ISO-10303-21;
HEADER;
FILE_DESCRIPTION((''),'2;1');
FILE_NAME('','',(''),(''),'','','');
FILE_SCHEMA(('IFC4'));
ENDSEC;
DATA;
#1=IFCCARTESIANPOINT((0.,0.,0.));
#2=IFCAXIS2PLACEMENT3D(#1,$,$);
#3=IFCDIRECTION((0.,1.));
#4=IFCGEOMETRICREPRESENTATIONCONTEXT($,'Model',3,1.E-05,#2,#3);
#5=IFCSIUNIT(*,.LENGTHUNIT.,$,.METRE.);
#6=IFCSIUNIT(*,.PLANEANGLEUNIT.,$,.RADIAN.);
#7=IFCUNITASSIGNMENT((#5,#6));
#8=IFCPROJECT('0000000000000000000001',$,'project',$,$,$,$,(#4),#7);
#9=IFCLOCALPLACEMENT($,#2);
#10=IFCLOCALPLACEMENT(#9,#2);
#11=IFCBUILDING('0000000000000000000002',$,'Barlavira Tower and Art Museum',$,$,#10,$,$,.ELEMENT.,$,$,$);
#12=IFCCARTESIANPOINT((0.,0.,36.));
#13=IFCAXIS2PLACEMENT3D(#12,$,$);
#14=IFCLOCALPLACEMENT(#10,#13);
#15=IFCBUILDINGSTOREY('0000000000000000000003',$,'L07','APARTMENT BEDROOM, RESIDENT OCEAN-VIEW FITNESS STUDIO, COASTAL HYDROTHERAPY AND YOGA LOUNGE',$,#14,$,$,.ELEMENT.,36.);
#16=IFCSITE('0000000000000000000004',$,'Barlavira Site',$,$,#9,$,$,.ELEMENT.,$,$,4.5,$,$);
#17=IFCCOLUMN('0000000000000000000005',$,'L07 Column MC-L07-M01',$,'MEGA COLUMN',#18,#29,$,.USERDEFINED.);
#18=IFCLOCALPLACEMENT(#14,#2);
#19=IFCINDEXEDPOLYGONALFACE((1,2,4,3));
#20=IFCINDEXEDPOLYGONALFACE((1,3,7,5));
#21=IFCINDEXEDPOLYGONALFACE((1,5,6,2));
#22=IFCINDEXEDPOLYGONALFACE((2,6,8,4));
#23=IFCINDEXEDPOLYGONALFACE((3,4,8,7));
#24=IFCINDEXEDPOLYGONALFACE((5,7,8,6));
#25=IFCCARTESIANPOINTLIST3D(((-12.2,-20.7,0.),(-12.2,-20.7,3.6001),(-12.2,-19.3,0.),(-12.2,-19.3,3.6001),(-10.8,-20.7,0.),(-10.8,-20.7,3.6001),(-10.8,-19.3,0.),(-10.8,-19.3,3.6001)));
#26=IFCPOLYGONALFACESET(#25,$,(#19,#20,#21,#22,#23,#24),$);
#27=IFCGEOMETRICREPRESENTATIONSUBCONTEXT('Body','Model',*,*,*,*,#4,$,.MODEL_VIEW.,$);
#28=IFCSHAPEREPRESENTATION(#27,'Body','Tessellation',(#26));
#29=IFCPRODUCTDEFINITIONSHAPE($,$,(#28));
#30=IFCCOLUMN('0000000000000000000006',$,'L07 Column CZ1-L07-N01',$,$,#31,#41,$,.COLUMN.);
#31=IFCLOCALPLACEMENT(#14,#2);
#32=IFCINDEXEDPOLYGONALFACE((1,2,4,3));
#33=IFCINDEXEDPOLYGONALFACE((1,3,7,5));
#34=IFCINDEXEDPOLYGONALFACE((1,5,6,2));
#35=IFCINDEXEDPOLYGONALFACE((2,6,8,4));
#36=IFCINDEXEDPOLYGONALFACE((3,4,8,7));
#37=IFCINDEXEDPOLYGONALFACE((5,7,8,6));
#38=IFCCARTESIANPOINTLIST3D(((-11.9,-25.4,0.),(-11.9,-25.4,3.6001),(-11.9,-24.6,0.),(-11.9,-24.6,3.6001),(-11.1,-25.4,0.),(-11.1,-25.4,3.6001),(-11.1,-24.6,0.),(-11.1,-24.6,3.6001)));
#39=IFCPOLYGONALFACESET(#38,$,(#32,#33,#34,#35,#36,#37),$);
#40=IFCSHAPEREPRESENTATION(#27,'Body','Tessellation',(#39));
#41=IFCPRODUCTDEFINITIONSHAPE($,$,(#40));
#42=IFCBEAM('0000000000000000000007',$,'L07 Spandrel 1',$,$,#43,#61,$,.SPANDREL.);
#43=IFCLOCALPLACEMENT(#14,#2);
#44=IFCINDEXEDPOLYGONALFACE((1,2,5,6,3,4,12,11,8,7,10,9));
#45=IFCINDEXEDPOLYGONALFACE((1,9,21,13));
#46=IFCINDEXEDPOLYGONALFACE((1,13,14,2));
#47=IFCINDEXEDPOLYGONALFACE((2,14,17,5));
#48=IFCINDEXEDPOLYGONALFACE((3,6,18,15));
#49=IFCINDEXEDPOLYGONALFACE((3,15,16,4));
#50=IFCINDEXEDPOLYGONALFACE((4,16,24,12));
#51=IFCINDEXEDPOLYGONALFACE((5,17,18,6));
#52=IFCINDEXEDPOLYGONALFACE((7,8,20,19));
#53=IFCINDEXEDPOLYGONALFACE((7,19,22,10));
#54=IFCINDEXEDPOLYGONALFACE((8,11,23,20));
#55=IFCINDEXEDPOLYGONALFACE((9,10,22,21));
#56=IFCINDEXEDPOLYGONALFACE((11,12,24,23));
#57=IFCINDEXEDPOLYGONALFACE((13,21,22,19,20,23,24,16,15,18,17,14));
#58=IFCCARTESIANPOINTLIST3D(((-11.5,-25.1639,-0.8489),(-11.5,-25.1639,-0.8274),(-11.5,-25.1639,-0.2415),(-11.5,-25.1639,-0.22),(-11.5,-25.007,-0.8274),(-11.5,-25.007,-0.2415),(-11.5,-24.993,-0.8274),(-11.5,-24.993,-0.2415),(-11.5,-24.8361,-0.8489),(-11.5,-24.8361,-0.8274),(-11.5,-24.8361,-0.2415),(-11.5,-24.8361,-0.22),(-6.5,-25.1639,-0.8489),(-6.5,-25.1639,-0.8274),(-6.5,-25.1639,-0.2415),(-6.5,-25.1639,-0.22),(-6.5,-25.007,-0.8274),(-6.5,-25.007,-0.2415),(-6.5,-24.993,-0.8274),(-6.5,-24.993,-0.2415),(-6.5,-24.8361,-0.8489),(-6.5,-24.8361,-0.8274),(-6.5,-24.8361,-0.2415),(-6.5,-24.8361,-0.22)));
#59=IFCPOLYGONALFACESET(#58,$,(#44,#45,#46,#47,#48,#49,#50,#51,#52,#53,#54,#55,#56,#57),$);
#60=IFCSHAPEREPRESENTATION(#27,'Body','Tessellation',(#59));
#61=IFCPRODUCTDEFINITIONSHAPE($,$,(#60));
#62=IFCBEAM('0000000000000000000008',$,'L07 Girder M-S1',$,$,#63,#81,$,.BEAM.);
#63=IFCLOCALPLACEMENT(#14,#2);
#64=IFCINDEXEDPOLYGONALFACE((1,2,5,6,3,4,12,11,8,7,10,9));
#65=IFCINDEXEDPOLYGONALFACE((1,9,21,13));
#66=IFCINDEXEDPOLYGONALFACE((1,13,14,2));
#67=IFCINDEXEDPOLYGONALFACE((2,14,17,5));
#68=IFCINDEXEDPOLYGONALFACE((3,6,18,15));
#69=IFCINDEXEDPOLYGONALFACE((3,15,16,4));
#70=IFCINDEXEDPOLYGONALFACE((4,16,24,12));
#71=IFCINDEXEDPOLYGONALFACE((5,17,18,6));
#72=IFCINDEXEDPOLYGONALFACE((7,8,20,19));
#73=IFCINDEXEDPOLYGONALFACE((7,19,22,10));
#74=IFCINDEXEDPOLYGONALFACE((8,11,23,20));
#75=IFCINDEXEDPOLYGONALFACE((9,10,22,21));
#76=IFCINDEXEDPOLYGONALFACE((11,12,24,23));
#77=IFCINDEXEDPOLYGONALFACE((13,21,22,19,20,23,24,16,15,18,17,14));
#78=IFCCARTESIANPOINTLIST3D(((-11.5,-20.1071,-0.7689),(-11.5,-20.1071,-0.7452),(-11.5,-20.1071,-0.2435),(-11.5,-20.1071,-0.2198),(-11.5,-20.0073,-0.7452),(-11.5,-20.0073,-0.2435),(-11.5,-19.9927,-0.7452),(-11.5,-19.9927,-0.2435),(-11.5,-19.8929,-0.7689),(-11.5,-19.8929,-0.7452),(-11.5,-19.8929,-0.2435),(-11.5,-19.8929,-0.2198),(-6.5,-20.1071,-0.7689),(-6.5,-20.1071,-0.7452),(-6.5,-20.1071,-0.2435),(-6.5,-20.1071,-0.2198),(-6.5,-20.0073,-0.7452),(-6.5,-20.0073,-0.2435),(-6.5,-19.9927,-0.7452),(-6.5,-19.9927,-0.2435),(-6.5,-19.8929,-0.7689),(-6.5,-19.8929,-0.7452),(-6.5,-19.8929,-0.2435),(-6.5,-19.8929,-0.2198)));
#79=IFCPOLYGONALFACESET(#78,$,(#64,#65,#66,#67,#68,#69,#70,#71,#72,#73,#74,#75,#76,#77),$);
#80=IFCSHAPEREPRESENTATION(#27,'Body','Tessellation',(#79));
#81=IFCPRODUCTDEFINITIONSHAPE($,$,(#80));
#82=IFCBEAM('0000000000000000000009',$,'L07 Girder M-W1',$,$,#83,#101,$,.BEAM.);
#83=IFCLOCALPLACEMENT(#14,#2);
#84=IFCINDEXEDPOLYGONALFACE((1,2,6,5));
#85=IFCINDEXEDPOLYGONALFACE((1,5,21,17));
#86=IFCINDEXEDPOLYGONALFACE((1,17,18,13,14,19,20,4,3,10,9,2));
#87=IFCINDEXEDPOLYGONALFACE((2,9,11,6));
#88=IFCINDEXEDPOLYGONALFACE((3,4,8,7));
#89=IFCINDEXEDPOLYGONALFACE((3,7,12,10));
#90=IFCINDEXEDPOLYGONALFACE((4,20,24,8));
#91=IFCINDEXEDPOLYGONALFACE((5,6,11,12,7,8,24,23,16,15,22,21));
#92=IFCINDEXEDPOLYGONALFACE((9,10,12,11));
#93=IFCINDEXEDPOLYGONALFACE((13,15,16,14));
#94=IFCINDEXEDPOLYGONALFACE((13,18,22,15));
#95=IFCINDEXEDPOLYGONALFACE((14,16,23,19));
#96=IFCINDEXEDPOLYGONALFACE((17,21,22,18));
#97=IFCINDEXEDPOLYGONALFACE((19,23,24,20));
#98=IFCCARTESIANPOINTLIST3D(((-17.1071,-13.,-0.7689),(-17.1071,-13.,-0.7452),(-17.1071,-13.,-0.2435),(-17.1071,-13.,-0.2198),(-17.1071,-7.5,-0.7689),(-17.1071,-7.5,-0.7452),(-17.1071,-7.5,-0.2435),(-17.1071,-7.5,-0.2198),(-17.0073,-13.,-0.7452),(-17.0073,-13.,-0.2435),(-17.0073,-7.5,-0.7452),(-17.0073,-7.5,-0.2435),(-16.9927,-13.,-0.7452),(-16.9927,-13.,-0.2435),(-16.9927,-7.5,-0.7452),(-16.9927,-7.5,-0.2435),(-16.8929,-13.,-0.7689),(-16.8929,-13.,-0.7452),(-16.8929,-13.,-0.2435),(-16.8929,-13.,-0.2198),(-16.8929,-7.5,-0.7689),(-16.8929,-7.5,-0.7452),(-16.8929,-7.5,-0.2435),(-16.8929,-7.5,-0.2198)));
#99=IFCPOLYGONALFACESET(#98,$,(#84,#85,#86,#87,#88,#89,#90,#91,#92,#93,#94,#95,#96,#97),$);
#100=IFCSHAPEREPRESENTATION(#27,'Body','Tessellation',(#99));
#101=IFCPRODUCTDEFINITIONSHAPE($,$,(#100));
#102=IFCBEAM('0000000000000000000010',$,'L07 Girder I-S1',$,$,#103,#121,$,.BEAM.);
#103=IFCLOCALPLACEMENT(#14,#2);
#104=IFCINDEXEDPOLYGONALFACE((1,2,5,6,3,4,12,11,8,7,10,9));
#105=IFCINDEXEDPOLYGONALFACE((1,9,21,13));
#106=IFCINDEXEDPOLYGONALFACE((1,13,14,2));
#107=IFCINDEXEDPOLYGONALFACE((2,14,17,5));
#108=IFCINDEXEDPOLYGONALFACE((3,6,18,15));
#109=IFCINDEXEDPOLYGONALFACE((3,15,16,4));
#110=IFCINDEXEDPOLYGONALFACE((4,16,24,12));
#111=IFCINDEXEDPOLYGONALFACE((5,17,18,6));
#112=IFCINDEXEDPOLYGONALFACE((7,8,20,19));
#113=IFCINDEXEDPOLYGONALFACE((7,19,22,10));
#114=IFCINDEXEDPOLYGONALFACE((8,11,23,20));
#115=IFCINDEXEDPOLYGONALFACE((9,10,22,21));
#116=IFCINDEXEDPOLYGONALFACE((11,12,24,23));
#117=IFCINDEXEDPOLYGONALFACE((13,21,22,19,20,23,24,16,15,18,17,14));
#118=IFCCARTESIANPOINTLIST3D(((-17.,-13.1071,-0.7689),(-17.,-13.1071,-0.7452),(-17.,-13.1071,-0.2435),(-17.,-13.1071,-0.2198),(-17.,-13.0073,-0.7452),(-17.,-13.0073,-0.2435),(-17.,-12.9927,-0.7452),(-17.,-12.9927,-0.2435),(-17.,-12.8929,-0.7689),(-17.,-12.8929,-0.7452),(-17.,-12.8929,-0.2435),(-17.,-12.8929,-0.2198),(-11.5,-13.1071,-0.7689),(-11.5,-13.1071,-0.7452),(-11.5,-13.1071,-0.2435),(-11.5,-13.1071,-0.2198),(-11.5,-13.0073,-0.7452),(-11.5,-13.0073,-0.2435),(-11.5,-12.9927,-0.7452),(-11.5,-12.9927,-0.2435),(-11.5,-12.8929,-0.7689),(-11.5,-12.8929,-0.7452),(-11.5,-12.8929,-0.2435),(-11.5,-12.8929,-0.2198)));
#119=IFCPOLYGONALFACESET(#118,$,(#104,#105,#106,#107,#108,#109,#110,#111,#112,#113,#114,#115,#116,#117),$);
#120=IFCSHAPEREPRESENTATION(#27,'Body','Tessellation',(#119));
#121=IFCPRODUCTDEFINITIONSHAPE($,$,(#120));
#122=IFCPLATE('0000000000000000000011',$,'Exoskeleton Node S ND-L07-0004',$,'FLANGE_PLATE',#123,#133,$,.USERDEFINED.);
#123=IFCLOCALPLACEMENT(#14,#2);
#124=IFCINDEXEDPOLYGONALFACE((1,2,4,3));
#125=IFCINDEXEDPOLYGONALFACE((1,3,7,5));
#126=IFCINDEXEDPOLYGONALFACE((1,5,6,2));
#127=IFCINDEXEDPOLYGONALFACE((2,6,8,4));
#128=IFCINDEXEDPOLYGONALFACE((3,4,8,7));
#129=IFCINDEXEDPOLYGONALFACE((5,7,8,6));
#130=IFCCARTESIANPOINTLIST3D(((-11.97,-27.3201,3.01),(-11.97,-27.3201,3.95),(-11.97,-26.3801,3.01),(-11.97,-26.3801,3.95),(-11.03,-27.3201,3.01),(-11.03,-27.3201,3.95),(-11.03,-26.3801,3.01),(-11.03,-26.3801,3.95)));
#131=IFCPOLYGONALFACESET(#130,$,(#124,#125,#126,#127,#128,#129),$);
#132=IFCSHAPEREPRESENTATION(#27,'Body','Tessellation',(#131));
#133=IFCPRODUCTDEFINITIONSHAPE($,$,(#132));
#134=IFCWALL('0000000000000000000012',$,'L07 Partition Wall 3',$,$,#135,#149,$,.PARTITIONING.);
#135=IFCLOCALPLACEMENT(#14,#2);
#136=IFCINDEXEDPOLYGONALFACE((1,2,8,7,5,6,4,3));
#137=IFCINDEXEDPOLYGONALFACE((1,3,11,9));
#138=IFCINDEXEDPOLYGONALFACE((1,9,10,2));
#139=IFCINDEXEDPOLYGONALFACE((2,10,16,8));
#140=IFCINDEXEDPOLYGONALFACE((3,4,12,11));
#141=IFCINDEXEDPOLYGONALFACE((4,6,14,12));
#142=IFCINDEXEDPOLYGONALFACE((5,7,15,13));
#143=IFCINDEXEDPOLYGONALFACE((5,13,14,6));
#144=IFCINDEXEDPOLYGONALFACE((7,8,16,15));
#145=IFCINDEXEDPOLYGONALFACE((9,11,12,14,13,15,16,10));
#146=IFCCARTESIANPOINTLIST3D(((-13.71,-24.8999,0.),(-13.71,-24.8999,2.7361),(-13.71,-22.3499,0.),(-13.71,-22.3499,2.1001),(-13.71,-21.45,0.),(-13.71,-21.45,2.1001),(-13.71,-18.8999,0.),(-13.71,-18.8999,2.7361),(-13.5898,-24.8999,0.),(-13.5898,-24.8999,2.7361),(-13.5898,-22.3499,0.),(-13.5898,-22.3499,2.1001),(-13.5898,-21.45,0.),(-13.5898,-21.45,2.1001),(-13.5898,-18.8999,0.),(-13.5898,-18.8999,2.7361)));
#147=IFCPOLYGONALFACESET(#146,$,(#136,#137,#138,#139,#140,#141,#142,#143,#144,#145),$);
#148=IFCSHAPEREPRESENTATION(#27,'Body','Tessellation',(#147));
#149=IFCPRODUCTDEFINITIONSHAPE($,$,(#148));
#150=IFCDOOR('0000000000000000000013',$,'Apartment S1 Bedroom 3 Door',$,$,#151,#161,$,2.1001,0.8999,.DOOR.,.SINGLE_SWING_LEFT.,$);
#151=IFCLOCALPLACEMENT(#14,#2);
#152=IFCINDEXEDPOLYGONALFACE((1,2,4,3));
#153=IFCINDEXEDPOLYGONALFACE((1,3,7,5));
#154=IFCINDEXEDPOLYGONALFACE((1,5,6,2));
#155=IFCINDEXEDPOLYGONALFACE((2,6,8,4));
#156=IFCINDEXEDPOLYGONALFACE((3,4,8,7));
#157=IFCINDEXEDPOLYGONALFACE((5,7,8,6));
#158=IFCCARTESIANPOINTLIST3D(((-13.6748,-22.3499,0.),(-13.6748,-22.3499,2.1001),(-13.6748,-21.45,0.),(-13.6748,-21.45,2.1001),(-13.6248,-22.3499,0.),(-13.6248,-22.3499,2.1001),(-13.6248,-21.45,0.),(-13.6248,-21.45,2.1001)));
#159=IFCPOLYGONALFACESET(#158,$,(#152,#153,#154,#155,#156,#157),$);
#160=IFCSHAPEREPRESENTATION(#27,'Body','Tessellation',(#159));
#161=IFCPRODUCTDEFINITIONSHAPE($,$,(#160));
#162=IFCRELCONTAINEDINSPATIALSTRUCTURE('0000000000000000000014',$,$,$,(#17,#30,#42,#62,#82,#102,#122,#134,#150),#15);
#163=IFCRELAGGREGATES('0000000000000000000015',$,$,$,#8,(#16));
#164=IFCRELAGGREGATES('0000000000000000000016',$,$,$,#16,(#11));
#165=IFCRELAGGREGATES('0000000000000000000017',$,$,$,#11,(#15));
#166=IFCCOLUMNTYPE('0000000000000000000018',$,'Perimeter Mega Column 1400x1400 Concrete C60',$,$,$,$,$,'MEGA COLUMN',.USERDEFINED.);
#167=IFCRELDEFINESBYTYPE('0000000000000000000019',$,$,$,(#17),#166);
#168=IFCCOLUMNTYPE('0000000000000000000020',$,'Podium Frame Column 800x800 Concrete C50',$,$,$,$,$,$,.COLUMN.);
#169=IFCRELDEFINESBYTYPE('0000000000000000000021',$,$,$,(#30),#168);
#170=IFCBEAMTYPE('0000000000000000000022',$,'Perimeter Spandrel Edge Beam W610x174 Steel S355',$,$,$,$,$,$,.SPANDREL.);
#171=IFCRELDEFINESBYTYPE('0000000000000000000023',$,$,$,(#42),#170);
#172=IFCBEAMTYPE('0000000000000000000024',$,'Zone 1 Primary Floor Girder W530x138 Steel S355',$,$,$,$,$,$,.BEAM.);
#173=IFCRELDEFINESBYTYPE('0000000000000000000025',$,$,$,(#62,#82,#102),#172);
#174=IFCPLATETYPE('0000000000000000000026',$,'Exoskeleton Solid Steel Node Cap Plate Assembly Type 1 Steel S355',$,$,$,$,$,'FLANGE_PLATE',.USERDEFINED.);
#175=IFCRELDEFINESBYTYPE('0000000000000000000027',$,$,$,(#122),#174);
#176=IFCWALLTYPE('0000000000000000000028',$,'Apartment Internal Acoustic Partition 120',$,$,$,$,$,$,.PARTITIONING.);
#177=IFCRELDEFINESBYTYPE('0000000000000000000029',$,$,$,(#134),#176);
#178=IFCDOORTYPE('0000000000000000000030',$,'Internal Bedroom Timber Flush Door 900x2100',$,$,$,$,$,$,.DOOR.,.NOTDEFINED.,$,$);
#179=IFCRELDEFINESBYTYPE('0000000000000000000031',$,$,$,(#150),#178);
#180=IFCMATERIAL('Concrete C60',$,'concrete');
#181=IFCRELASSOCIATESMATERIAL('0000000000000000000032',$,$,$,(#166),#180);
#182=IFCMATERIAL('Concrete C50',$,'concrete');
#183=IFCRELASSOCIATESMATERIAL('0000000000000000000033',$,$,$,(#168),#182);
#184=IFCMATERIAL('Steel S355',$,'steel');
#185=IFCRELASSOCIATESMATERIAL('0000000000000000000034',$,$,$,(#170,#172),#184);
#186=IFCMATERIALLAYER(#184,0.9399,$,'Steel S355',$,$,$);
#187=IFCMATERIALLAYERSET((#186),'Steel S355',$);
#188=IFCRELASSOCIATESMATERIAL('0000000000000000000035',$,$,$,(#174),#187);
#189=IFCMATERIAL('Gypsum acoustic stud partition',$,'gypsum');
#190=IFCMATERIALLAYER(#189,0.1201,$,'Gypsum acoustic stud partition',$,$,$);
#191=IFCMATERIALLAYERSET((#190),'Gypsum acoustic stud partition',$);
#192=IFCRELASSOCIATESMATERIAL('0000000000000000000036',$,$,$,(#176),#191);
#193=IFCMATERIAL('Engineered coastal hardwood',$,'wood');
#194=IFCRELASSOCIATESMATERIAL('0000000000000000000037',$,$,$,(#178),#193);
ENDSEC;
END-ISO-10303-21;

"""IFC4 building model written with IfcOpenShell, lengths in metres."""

from ifc_helpers import new_model, si_unit, direction, frame, frame_2d, origin, origin_2d, place, context, subcontext, project, spatial, rectangle, i_section, extrude, material, layer, layer_set, material_profile, profile_set, type_object, element, fill, save


model = new_model("IFC4")

# Units and contexts
model_context = context("Model", 3, precision=1e-05, world=origin(), true_north=direction((0.0, 1.0)))
body_context = subcontext(model_context, "Body", "Model", "MODEL_VIEW")
ifc_project = project(units=[si_unit("LENGTHUNIT", "METRE"), si_unit("PLANEANGLEUNIT", "RADIAN")], contexts=[model_context])

# Site, building, storey
site_placement = place(None, origin())
site = spatial("IfcSite", under=ifc_project, at=site_placement, Name="Barlavira Site", CompositionType="ELEMENT", RefElevation=4.5)
building_placement = place(site_placement, origin())
building = spatial("IfcBuilding", under=site, at=building_placement, Name="Barlavira Tower and Art Museum", CompositionType="ELEMENT")
storey_placement = place(building_placement, frame((0.0, 0.0, 36.0)))
storey = spatial("IfcBuildingStorey", under=building, at=storey_placement, Name="L07", Description="APARTMENT BEDROOM, RESIDENT OCEAN-VIEW FITNESS STUDIO, COASTAL HYDROTHERAPY AND YOGA LOUNGE", CompositionType="ELEMENT", Elevation=36.0)

# Columns
ifc_material_1 = material(Name="Concrete C60", Category="concrete")
ifc_material_profile_1 = material_profile(ifc_material_1, rectangle(XDim=1.3999, YDim=1.3999, at=origin_2d()), Name="RC-MCOL 1400x1400")
ifc_profile_set_1 = profile_set([ifc_material_profile_1], Name="Concrete C60")
column_type_1 = type_object("IfcColumnType", Name="Perimeter Mega Column 1400x1400 Concrete C60", ElementType="MEGA COLUMN", PredefinedType="USERDEFINED", material=ifc_profile_set_1)
column_1_placement = place(storey_placement, frame((-11.5, -20.0, 0.0), z_axis=(0.0, 0.0, 1.0), x_axis=(1.0, 0.0, 0.0)))
element("IfcColumn", 1, at=column_1_placement, inside=storey, type_object=column_type_1, Name="L07 Column MC-L07-M01", ObjectType="MEGA COLUMN", PredefinedType="USERDEFINED", context=body_context, shape_type="SweptSolid", body=[
    extrude(rectangle(XDim=1.3999, YDim=1.3999, at=origin_2d()), origin(), (0.0, 0.0, 1.0), 3.6001),
])
ifc_material_2 = material(Name="Concrete C50", Category="concrete")
ifc_material_profile_2 = material_profile(ifc_material_2, rectangle(XDim=0.8, YDim=0.8, at=origin_2d()), Name="RC-COL 800x800")
ifc_profile_set_2 = profile_set([ifc_material_profile_2], Name="Concrete C50")
column_type_2 = type_object("IfcColumnType", Name="Podium Frame Column 800x800 Concrete C50", PredefinedType="COLUMN", material=ifc_profile_set_2)
column_2_placement = place(storey_placement, frame((-11.5, -25.0, 0.0), z_axis=(0.0, 0.0, 1.0), x_axis=(1.0, 0.0, 0.0)))
element("IfcColumn", 2, at=column_2_placement, inside=storey, type_object=column_type_2, Name="L07 Column CZ1-L07-N01", PredefinedType="COLUMN", context=body_context, shape_type="SweptSolid", body=[
    extrude(rectangle(XDim=0.8, YDim=0.8, at=origin_2d()), origin(), (0.0, 0.0, 1.0), 3.6001),
])

# Beams
ifc_material_3 = material(Name="Steel S355", Category="steel")
ifc_material_profile_3 = material_profile(ifc_material_3, i_section(OverallWidth=0.3279, OverallDepth=0.6289, WebThickness=0.0139, FlangeThickness=0.0215, at=origin_2d()), Name="W610x174.0")
ifc_profile_set_3 = profile_set([ifc_material_profile_3], Name="Steel S355")
beam_type_1 = type_object("IfcBeamType", Name="Perimeter Spandrel Edge Beam W610x174 Steel S355", PredefinedType="SPANDREL", material=ifc_profile_set_3)
beam_1_placement = place(storey_placement, frame((-11.5, -25.0, -0.5344), z_axis=(1.0, 0.0, 0.0), x_axis=(0.0, 1.0, 0.0)))
element("IfcBeam", 3, at=beam_1_placement, inside=storey, type_object=beam_type_1, Name="L07 Spandrel 1", PredefinedType="SPANDREL", context=body_context, shape_type="SweptSolid", body=[
    extrude(i_section(OverallWidth=0.3279, OverallDepth=0.6289, WebThickness=0.0139, FlangeThickness=0.0215, at=origin_2d()), origin(), (0.0, 0.0, 1.0), 5.0),
])
ifc_material_profile_4 = material_profile(ifc_material_3, i_section(OverallWidth=0.2141, OverallDepth=0.5491, WebThickness=0.0146, FlangeThickness=0.0237, at=origin_2d()), Name="W530x138.0")
ifc_profile_set_4 = profile_set([ifc_material_profile_4], Name="Steel S355")
beam_type_2 = type_object("IfcBeamType", Name="Zone 1 Primary Floor Girder W530x138 Steel S355", PredefinedType="BEAM", material=ifc_profile_set_4)
beam_2_placement = place(storey_placement, frame((-11.5, -20.0, -0.4944), z_axis=(1.0, 0.0, 0.0), x_axis=(0.0, 1.0, 0.0)))
element("IfcBeam", 4, at=beam_2_placement, inside=storey, type_object=beam_type_2, Name="L07 Girder M-S1", PredefinedType="BEAM", context=body_context, shape_type="SweptSolid", body=[
    extrude(i_section(OverallWidth=0.2141, OverallDepth=0.5491, WebThickness=0.0146, FlangeThickness=0.0237, at=origin_2d()), origin(), (0.0, 0.0, 1.0), 5.0),
])
for number, where, z_axis, x_axis, name in (
    (5, (-17.0, -13.0, -0.4944), (0.0, 1.0, 0.0), (-1.0, 0.0, 0.0), "L07 Girder M-W1"),
    (6, (-17.0, -13.0, -0.4944), (1.0, 0.0, 0.0), (0.0, 1.0, 0.0), "L07 Girder I-S1"),
):
    element("IfcBeam", number, at=place(storey_placement, frame(where, z_axis=z_axis, x_axis=x_axis)), inside=storey, type_object=beam_type_2, Name=name, PredefinedType="BEAM", context=body_context, shape_type="SweptSolid", body=[
        extrude(i_section(OverallWidth=0.2141, OverallDepth=0.5491, WebThickness=0.0146, FlangeThickness=0.0237, at=origin_2d()), origin(), (0.0, 0.0, 1.0), 5.5),
    ])

# Plate
ifc_layer_1 = layer(ifc_material_3, 0.9399, Name="Steel S355")
ifc_layer_set_1 = layer_set([ifc_layer_1], Name="Steel S355")
plate_type = type_object("IfcPlateType", Name="Exoskeleton Solid Steel Node Cap Plate Assembly Type 1 Steel S355", ElementType="FLANGE_PLATE", PredefinedType="USERDEFINED", material=ifc_layer_set_1)
plate_placement = place(storey_placement, frame((-11.5, -26.8501, 3.01), z_axis=(0.0, 0.0, 1.0), x_axis=(1.0, 0.0, 0.0)))
element("IfcPlate", 7, at=plate_placement, inside=storey, type_object=plate_type, Name="Exoskeleton Node S ND-L07-0004", ObjectType="FLANGE_PLATE", PredefinedType="USERDEFINED", context=body_context, shape_type="SweptSolid", body=[
    extrude(rectangle(XDim=0.9399, YDim=0.9399, at=origin_2d()), origin(), (0.0, 0.0, 1.0), 0.9399),
])

# Wall, opening, door
ifc_material_4 = material(Name="Gypsum acoustic stud partition", Category="gypsum")
ifc_layer_2 = layer(ifc_material_4, 0.1201, Name="Gypsum acoustic stud partition")
ifc_layer_set_2 = layer_set([ifc_layer_2], Name="Gypsum acoustic stud partition")
wall_type_1 = type_object("IfcWallType", Name="Apartment Internal Acoustic Partition 120", PredefinedType="PARTITIONING", material=ifc_layer_set_2)
wall_1_placement = place(storey_placement, frame((-13.6499, -24.8999, 0.0), z_axis=(0.0, 0.0, 1.0), x_axis=(0.0, 1.0, 0.0)))
wall_1 = element("IfcWall", 8, at=wall_1_placement, inside=storey, type_object=wall_type_1, Name="L07 Partition Wall 3", PredefinedType="PARTITIONING", context=body_context, shape_type="SweptSolid", body=[
    extrude(rectangle(XDim=6.0, YDim=0.1201, at=frame_2d((3.0, 0.0))), origin(), (0.0, 0.0, 1.0), 2.7361),
])
opening_1_placement = place(wall_1_placement, frame((2.55, 0.0, 0.0)))
opening_1 = element("IfcOpeningElement", 9, at=opening_1_placement, cuts=wall_1, PredefinedType="OPENING", context=body_context, shape_type="SweptSolid", body=[
    extrude(rectangle(XDim=0.8999, YDim=2.1001, at=frame_2d((0.45, 1.05))), frame((0.0, 0.0701, 0.0), z_axis=(0.0, -1.0, 0.0), x_axis=(1.0, 0.0, 0.0)), (0.0, 0.0, 1.0), 0.1401),
])
ifc_material_5 = material(Name="Engineered coastal hardwood", Category="wood")
door_type = type_object("IfcDoorType", Name="Internal Bedroom Timber Flush Door 900x2100", OperationType="NOTDEFINED", PredefinedType="DOOR", material=ifc_material_5)
door_1_placement = place(opening_1_placement, origin())
door_1 = element("IfcDoor", 10, at=door_1_placement, inside=storey, type_object=door_type, Name="Apartment S1 Bedroom 3 Door", OperationType="SINGLE_SWING_LEFT", OverallHeight=2.1001, OverallWidth=0.8999, PredefinedType="DOOR", context=body_context, shape_type="SweptSolid", body=[
    extrude(rectangle(XDim=0.8999, YDim=2.1001, at=frame_2d((0.45, 1.05))), frame((0.0, 0.0249, 0.0), z_axis=(0.0, -1.0, 0.0), x_axis=(1.0, 0.0, 0.0)), (0.0, 0.0, 1.0), 0.05),
])
fill(opening_1, door_1)

save(model, "model.ifc")
